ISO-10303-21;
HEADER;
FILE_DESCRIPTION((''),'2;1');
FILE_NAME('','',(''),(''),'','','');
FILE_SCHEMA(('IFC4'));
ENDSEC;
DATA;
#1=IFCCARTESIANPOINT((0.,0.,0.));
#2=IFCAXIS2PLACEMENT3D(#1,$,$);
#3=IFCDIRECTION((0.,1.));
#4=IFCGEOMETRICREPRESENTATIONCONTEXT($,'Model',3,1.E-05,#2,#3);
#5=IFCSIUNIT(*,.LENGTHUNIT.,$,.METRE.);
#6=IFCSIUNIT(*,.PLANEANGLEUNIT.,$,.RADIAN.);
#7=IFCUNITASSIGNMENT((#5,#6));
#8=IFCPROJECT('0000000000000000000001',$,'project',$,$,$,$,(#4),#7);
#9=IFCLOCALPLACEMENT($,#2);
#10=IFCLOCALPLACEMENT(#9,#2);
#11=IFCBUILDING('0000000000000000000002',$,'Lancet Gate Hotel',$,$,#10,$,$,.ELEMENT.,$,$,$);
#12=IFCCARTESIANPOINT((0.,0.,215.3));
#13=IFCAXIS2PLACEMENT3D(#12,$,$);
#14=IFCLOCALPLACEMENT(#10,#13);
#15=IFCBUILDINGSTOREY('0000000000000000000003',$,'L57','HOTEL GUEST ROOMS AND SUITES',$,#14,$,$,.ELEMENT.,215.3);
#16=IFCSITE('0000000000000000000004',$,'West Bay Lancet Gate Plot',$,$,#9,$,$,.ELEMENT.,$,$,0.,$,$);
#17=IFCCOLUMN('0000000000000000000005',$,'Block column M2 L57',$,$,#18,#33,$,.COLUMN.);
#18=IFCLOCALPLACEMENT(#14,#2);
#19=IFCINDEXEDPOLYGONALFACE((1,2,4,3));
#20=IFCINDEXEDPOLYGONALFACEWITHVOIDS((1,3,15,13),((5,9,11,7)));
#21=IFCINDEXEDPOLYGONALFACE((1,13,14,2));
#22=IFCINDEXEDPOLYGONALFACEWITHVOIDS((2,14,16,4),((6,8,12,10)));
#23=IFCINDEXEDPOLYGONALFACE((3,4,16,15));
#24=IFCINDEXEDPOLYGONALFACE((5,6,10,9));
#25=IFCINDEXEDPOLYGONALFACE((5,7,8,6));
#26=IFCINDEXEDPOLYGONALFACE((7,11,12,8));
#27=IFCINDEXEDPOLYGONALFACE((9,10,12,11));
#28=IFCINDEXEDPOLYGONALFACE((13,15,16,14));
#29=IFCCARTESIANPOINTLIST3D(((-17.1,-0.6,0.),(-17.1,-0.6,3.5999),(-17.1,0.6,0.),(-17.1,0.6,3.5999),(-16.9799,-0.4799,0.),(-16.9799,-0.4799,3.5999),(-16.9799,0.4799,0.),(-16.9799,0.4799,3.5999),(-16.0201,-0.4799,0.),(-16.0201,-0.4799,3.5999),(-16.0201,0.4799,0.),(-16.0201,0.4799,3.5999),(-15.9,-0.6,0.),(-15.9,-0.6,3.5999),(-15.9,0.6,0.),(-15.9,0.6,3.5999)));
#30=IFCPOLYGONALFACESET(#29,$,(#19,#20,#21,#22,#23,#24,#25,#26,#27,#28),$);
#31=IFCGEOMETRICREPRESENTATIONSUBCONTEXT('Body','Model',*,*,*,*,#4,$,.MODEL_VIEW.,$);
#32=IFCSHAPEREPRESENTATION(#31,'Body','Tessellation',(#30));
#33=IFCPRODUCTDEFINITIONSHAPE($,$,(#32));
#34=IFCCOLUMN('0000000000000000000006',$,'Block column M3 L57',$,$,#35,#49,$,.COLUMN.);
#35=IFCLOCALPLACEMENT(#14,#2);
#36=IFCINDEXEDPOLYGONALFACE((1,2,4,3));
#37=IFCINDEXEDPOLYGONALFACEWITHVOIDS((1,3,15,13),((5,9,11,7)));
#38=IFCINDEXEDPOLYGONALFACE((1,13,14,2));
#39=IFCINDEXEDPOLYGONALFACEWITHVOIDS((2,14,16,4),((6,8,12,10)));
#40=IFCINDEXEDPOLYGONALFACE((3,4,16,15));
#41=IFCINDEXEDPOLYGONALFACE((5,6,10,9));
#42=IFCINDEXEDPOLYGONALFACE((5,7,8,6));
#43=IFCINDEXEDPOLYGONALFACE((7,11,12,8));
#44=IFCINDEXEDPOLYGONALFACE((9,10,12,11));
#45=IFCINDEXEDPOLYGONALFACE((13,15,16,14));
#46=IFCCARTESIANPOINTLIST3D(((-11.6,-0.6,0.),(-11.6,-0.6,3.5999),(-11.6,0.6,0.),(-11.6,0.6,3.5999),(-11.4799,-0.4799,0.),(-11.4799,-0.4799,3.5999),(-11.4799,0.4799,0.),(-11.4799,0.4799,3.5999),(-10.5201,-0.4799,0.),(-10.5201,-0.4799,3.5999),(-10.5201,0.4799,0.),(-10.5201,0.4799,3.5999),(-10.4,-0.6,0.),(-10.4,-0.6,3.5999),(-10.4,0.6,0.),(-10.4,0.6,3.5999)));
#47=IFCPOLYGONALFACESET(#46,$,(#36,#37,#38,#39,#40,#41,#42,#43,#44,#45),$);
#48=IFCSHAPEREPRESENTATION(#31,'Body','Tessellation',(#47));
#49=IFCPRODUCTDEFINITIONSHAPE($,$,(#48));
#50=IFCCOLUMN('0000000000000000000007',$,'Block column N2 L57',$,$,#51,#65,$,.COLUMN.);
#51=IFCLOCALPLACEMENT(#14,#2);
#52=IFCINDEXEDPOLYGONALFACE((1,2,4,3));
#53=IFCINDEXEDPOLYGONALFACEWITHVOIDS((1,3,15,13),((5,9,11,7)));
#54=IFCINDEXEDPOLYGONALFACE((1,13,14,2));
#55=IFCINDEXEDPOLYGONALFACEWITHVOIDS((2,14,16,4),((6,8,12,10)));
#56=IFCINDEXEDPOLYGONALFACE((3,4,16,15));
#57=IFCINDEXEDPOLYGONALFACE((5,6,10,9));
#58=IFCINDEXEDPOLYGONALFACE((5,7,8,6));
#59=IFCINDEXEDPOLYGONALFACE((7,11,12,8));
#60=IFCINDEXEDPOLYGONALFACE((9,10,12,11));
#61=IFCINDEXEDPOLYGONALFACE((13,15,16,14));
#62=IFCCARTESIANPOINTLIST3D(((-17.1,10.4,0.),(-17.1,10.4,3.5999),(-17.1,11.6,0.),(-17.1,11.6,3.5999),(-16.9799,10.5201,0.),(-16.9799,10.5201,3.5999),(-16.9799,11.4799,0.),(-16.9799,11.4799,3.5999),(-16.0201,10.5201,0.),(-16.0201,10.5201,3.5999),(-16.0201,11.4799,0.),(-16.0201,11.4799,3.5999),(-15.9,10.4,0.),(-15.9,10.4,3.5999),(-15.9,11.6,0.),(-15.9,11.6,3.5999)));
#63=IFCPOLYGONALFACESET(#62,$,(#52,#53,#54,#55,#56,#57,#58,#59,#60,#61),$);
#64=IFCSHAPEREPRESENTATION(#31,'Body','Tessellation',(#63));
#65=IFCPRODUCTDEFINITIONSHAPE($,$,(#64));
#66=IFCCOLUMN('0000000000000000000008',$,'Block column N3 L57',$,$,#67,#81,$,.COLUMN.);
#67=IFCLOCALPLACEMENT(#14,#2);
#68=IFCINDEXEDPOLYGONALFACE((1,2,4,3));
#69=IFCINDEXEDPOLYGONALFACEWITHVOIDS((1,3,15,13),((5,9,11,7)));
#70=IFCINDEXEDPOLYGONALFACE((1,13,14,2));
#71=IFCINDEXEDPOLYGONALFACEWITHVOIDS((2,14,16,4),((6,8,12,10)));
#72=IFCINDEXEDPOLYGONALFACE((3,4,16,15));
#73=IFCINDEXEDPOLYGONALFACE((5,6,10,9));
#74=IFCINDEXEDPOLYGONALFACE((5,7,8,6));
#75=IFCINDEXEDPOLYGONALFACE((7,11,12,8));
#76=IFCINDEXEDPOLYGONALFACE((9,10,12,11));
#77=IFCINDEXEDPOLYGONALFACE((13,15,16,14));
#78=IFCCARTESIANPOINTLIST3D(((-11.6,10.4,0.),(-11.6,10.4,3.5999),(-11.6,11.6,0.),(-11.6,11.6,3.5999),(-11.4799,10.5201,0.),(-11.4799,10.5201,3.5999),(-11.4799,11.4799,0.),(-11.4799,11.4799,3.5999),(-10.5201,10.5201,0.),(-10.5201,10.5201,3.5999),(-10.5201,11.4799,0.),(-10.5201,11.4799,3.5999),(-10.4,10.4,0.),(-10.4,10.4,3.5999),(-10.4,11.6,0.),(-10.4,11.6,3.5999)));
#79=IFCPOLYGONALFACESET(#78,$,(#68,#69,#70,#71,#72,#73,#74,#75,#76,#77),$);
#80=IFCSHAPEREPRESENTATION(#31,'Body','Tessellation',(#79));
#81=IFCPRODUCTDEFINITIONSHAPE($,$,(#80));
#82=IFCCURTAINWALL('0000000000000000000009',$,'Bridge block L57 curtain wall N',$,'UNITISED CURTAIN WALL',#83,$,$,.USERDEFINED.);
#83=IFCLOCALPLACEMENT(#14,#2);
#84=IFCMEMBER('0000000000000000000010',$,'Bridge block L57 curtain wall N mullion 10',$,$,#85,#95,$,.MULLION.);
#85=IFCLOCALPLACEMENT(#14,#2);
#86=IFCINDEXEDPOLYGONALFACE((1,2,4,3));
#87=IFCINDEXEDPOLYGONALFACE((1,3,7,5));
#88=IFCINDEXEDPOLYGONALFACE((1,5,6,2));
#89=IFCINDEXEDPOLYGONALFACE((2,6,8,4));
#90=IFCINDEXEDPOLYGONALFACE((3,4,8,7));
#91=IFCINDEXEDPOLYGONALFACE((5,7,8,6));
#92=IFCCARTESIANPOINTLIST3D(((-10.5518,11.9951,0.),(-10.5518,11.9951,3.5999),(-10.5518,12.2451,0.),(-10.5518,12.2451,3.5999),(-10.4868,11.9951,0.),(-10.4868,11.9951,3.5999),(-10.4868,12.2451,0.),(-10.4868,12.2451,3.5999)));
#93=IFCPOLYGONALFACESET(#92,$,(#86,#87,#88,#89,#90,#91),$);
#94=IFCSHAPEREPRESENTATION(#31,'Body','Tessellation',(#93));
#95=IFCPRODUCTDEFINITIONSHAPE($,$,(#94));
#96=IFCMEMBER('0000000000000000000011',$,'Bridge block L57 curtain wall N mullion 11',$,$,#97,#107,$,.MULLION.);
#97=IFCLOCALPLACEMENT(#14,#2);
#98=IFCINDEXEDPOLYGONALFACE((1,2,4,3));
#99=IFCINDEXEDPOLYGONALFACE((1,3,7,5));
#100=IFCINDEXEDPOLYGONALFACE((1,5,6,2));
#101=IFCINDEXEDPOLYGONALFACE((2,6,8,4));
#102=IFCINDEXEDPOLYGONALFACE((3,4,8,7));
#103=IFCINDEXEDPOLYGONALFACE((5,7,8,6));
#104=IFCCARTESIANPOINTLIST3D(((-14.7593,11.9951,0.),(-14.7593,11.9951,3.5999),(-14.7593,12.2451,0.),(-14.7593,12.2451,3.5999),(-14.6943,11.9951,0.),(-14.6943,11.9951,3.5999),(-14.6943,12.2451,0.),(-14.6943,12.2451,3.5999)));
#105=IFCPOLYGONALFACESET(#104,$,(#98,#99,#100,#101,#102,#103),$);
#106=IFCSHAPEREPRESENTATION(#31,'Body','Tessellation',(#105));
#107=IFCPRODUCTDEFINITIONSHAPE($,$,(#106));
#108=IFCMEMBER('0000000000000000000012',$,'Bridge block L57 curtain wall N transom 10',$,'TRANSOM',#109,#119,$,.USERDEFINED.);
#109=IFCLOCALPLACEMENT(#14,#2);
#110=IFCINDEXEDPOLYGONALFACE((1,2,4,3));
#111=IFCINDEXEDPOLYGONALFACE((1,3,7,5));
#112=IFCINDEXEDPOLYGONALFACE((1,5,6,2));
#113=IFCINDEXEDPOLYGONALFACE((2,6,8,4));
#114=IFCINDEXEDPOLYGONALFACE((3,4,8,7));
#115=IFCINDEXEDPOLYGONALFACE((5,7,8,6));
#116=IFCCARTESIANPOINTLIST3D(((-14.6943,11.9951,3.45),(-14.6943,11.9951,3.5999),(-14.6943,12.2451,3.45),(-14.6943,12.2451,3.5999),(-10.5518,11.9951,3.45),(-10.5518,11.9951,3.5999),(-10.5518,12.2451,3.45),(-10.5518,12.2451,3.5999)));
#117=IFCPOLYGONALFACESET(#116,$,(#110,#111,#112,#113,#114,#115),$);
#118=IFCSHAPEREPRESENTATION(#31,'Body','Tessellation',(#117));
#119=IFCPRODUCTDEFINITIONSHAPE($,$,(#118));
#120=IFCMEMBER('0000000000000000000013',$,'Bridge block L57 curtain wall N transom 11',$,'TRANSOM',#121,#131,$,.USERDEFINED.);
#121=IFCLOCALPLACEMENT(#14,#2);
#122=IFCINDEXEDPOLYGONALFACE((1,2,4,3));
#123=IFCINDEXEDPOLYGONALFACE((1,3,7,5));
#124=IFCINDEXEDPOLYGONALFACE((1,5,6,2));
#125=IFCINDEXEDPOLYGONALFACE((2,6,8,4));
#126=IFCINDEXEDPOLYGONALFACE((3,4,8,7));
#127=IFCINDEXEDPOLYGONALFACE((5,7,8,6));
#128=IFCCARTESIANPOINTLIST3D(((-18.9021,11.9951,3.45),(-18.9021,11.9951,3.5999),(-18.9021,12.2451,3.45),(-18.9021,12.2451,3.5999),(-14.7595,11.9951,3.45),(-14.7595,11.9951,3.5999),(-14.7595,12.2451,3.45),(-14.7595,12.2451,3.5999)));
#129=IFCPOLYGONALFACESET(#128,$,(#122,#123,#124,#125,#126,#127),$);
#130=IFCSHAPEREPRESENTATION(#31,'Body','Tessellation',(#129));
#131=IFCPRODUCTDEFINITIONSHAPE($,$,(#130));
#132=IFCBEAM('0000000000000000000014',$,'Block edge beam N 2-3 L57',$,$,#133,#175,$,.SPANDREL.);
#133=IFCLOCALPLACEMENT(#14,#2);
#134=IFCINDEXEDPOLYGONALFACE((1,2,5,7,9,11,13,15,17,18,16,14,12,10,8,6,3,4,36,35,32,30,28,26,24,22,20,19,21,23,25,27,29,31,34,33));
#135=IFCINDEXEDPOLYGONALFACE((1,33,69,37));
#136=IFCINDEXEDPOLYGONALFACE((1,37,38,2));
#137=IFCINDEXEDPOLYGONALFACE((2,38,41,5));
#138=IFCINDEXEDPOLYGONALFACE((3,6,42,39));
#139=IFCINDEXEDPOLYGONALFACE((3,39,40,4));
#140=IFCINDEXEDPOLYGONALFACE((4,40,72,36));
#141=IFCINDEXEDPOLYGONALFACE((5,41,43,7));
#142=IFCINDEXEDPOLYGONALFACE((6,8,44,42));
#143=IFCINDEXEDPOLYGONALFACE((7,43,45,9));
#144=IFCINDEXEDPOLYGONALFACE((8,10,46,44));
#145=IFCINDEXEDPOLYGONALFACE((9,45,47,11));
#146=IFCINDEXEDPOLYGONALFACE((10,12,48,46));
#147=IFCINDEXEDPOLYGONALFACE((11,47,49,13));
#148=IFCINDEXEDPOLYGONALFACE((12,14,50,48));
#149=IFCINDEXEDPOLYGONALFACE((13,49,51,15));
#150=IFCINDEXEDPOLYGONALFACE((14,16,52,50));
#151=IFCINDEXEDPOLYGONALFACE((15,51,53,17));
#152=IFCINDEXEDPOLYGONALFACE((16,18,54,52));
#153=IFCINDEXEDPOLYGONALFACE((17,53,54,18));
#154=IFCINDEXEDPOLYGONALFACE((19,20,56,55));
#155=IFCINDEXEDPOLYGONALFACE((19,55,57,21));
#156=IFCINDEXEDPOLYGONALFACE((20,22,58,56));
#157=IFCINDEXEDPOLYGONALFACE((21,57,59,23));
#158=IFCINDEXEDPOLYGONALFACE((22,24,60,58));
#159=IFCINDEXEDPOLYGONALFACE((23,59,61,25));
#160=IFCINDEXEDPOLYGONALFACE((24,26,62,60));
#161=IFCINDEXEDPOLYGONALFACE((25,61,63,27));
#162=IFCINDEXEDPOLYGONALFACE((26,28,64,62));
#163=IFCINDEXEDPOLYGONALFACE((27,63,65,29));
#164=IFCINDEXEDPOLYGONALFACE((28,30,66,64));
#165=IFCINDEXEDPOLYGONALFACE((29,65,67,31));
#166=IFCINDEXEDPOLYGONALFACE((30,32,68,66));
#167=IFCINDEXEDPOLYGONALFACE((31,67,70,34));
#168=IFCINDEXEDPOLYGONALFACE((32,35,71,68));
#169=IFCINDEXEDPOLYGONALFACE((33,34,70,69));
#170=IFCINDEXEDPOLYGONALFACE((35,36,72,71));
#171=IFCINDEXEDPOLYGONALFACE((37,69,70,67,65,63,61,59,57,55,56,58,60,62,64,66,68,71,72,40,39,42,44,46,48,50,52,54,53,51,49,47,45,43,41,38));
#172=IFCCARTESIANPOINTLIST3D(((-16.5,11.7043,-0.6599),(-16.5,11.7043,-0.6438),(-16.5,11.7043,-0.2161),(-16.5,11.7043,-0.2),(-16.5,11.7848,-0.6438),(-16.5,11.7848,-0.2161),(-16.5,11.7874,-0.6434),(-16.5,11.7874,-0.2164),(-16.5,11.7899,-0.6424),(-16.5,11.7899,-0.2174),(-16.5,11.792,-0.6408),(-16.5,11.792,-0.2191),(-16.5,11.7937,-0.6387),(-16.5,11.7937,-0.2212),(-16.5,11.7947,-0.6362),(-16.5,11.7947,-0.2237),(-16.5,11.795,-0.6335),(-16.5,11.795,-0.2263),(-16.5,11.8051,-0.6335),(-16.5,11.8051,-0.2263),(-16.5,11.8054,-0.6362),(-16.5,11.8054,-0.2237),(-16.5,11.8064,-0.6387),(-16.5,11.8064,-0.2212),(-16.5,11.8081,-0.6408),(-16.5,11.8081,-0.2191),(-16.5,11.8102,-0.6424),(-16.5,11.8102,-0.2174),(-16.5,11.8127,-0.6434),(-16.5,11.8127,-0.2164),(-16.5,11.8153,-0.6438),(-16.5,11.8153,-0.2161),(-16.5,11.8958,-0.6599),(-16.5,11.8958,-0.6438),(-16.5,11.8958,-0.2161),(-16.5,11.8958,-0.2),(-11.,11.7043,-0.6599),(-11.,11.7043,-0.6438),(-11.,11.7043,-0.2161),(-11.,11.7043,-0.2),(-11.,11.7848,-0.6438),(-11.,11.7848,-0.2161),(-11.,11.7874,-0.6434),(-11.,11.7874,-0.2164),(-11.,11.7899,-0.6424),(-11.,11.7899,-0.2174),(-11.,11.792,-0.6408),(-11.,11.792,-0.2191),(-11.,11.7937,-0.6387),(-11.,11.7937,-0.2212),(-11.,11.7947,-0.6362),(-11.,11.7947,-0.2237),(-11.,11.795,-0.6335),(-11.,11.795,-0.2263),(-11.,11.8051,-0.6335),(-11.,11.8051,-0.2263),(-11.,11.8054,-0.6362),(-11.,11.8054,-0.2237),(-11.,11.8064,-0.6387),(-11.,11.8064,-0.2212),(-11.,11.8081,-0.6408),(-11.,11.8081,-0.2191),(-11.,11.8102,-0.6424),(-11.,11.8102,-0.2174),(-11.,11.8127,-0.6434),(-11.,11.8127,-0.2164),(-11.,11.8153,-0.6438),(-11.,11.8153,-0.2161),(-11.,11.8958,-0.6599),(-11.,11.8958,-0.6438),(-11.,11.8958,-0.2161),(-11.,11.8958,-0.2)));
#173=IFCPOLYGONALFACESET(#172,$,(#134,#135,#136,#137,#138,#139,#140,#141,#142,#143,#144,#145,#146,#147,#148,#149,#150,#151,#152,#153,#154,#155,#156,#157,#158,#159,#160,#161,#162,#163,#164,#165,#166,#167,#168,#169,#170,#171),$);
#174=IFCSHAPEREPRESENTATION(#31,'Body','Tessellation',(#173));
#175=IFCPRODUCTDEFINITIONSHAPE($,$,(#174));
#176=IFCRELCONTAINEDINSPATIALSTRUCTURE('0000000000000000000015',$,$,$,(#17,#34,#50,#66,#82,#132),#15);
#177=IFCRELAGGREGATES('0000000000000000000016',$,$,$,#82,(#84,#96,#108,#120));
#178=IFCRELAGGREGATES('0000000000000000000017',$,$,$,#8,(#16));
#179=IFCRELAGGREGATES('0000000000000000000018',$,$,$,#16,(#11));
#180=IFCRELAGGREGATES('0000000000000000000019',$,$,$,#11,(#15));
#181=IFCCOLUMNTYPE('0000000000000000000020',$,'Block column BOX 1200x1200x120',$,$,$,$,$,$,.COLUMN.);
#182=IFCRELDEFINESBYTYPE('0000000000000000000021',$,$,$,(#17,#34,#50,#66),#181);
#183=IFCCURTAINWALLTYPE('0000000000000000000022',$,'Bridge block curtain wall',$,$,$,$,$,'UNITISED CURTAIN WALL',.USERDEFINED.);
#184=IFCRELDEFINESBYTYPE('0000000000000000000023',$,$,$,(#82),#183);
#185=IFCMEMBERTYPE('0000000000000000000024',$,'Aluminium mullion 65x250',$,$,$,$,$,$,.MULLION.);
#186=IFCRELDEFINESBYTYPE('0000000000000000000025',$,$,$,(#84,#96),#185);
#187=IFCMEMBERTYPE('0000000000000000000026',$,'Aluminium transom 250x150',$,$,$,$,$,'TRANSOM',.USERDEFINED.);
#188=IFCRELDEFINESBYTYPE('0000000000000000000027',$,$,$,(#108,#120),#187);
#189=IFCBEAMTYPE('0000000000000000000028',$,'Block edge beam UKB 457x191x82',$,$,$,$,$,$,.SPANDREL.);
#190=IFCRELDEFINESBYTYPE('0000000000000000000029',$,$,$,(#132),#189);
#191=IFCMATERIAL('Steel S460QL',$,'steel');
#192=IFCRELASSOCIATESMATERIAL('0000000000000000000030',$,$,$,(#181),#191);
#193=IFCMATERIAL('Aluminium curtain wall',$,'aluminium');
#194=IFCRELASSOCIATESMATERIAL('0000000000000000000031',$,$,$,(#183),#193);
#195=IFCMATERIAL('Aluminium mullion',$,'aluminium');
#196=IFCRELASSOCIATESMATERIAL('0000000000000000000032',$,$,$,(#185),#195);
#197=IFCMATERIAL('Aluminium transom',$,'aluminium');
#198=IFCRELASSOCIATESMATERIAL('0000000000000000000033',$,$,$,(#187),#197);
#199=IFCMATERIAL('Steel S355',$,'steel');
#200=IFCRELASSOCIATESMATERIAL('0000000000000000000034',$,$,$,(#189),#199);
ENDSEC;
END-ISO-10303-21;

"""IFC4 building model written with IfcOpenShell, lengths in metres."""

from ifc_helpers import new_model, si_unit, direction, frame, origin, origin_2d, place, context, subcontext, project, spatial, rectangle, hollow_rectangle, i_section, extrude, material, material_profile, profile_set, type_object, element, aggregate, save


model = new_model("IFC4")

# Units and contexts
model_context = context("Model", 3, precision=1e-05, world=origin(), true_north=direction((0.0, 1.0)))
body_context = subcontext(model_context, "Body", "Model", "MODEL_VIEW")
ifc_project = project(units=[si_unit("LENGTHUNIT", "METRE"), si_unit("PLANEANGLEUNIT", "RADIAN")], contexts=[model_context])

# Site, building, storey
site_placement = place(None, origin())
site = spatial("IfcSite", under=ifc_project, at=site_placement, Name="West Bay Lancet Gate Plot", CompositionType="ELEMENT", RefElevation=0.0)
building_placement = place(site_placement, origin())
building = spatial("IfcBuilding", under=site, at=building_placement, Name="Lancet Gate Hotel", CompositionType="ELEMENT")
storey_placement = place(building_placement, frame((0.0, 0.0, 215.3)))
storey = spatial("IfcBuildingStorey", under=building, at=storey_placement, Name="L57", Description="HOTEL GUEST ROOMS AND SUITES", CompositionType="ELEMENT", Elevation=215.3)

# Columns
ifc_material_1 = material(Name="Steel S460QL", Category="steel")
ifc_material_profile_1 = material_profile(ifc_material_1, hollow_rectangle(XDim=1.2, YDim=1.2, WallThickness=0.1201, at=origin_2d()), Name="BOX 1200x1200x120")
ifc_profile_set_1 = profile_set([ifc_material_profile_1], Name="Steel S460QL")
column_type = type_object("IfcColumnType", Name="Block column BOX 1200x1200x120", PredefinedType="COLUMN", material=ifc_profile_set_1)
for number, where, z_axis, x_axis, name in (
    (1, (-16.5, 0.0, 0.0), (0.0, 0.0, 1.0), (1.0, 0.0, 0.0), "Block column M2 L57"),
    (2, (-11.0, 0.0, 0.0), (0.0, 0.0, 1.0), (1.0, 0.0, 0.0), "Block column M3 L57"),
    (3, (-16.5, 11.0, 0.0), (0.0, 0.0, 1.0), (1.0, 0.0, 0.0), "Block column N2 L57"),
    (4, (-11.0, 11.0, 0.0), (0.0, 0.0, 1.0), (1.0, 0.0, 0.0), "Block column N3 L57"),
):
    element("IfcColumn", number, at=place(storey_placement, frame(where, z_axis=z_axis, x_axis=x_axis)), inside=storey, type_object=column_type, Name=name, PredefinedType="COLUMN", context=body_context, shape_type="SweptSolid", body=[
        extrude(hollow_rectangle(XDim=1.2, YDim=1.2, WallThickness=0.1201, at=origin_2d()), origin(), (0.0, 0.0, 1.0), 3.5999),
    ])

# Curtain wall, members
ifc_material_2 = material(Name="Aluminium curtain wall", Category="aluminium")
curtain_wall_type = type_object("IfcCurtainWallType", Name="Bridge block curtain wall", ElementType="UNITISED CURTAIN WALL", PredefinedType="USERDEFINED", material=ifc_material_2)
curtain_wall_placement = place(storey_placement, origin())
curtain_wall = element("IfcCurtainWall", 5, at=curtain_wall_placement, inside=storey, type_object=curtain_wall_type, Name="Bridge block L57 curtain wall N", ObjectType="UNITISED CURTAIN WALL", PredefinedType="USERDEFINED")
ifc_material_3 = material(Name="Aluminium mullion", Category="aluminium")
ifc_material_profile_2 = material_profile(ifc_material_3, rectangle(XDim=0.0649, YDim=0.25, at=origin_2d()), Name="MULLION 65x250")
ifc_profile_set_2 = profile_set([ifc_material_profile_2], Name="Aluminium mullion")
member_type_1 = type_object("IfcMemberType", Name="Aluminium mullion 65x250", PredefinedType="MULLION", material=ifc_profile_set_2)
member_1_placement = place(storey_placement, frame((-10.5193, 12.1201, 0.0), z_axis=(0.0, 0.0, 1.0), x_axis=(-1.0, 0.0, 0.0)))
member_1 = element("IfcMember", 6, at=member_1_placement, type_object=member_type_1, Name="Bridge block L57 curtain wall N mullion 10", PredefinedType="MULLION", context=body_context, shape_type="SweptSolid", body=[
    extrude(rectangle(XDim=0.0649, YDim=0.25, at=origin_2d()), origin(), (0.0, 0.0, 1.0), 3.5999),
])
member_2_placement = place(storey_placement, frame((-14.7268, 12.1201, 0.0), z_axis=(0.0, 0.0, 1.0), x_axis=(-1.0, 0.0, 0.0)))
member_2 = element("IfcMember", 7, at=member_2_placement, type_object=member_type_1, Name="Bridge block L57 curtain wall N mullion 11", PredefinedType="MULLION", context=body_context, shape_type="SweptSolid", body=[
    extrude(rectangle(XDim=0.0649, YDim=0.25, at=origin_2d()), origin(), (0.0, 0.0, 1.0), 3.5999),
])
ifc_material_4 = material(Name="Aluminium transom", Category="aluminium")
ifc_material_profile_3 = material_profile(ifc_material_4, rectangle(XDim=0.25, YDim=0.1499, at=origin_2d()), Name="TRANSOM 250x150")
ifc_profile_set_3 = profile_set([ifc_material_profile_3], Name="Aluminium transom")
member_type_2 = type_object("IfcMemberType", Name="Aluminium transom 250x150", ElementType="TRANSOM", PredefinedType="USERDEFINED", material=ifc_profile_set_3)
member_3_placement = place(storey_placement, frame((-10.5518, 12.1201, 3.5249), z_axis=(-1.0, 0.0, 0.0), x_axis=(0.0, -1.0, 0.0)))
member_3 = element("IfcMember", 8, at=member_3_placement, type_object=member_type_2, Name="Bridge block L57 curtain wall N transom 10", ObjectType="TRANSOM", PredefinedType="USERDEFINED", context=body_context, shape_type="SweptSolid", body=[
    extrude(rectangle(XDim=0.25, YDim=0.1499, at=origin_2d()), origin(), (0.0, 0.0, 1.0), 4.1426),
])
member_4_placement = place(storey_placement, frame((-14.7595, 12.1201, 3.5249), z_axis=(-1.0, 0.0, 0.0), x_axis=(0.0, -1.0, 0.0)))
member_4 = element("IfcMember", 9, at=member_4_placement, type_object=member_type_2, Name="Bridge block L57 curtain wall N transom 11", ObjectType="TRANSOM", PredefinedType="USERDEFINED", context=body_context, shape_type="SweptSolid", body=[
    extrude(rectangle(XDim=0.25, YDim=0.1499, at=origin_2d()), origin(), (0.0, 0.0, 1.0), 4.1426),
])

# Beam
ifc_material_5 = material(Name="Steel S355", Category="steel")
ifc_material_profile_4 = material_profile(ifc_material_5, i_section(OverallWidth=0.1914, OverallDepth=0.46, WebThickness=0.01, FlangeThickness=0.0161, FilletRadius=0.0103, at=origin_2d()), Name="UKB 457x191x82")
ifc_profile_set_4 = profile_set([ifc_material_profile_4], Name="Steel S355")
beam_type_1 = type_object("IfcBeamType", Name="Block edge beam UKB 457x191x82", PredefinedType="SPANDREL", material=ifc_profile_set_4)
for number, where, z_axis, x_axis, name in (
    (10, (-16.5, 11.8, -0.4299), (1.0, 0.0, 0.0), (0.0, 1.0, 0.0), "Block edge beam N 2-3 L57"),
):
    element("IfcBeam", number, at=place(storey_placement, frame(where, z_axis=z_axis, x_axis=x_axis)), inside=storey, type_object=beam_type_1, Name=name, PredefinedType="SPANDREL", context=body_context, shape_type="SweptSolid", body=[
        extrude(i_section(OverallWidth=0.1914, OverallDepth=0.46, WebThickness=0.01, FlangeThickness=0.0161, FilletRadius=0.0103, at=origin_2d()), origin(), (0.0, 0.0, 1.0), 5.5),
    ])

aggregate(curtain_wall, [member_1, member_2, member_3, member_4])

save(model, "model.ifc")
